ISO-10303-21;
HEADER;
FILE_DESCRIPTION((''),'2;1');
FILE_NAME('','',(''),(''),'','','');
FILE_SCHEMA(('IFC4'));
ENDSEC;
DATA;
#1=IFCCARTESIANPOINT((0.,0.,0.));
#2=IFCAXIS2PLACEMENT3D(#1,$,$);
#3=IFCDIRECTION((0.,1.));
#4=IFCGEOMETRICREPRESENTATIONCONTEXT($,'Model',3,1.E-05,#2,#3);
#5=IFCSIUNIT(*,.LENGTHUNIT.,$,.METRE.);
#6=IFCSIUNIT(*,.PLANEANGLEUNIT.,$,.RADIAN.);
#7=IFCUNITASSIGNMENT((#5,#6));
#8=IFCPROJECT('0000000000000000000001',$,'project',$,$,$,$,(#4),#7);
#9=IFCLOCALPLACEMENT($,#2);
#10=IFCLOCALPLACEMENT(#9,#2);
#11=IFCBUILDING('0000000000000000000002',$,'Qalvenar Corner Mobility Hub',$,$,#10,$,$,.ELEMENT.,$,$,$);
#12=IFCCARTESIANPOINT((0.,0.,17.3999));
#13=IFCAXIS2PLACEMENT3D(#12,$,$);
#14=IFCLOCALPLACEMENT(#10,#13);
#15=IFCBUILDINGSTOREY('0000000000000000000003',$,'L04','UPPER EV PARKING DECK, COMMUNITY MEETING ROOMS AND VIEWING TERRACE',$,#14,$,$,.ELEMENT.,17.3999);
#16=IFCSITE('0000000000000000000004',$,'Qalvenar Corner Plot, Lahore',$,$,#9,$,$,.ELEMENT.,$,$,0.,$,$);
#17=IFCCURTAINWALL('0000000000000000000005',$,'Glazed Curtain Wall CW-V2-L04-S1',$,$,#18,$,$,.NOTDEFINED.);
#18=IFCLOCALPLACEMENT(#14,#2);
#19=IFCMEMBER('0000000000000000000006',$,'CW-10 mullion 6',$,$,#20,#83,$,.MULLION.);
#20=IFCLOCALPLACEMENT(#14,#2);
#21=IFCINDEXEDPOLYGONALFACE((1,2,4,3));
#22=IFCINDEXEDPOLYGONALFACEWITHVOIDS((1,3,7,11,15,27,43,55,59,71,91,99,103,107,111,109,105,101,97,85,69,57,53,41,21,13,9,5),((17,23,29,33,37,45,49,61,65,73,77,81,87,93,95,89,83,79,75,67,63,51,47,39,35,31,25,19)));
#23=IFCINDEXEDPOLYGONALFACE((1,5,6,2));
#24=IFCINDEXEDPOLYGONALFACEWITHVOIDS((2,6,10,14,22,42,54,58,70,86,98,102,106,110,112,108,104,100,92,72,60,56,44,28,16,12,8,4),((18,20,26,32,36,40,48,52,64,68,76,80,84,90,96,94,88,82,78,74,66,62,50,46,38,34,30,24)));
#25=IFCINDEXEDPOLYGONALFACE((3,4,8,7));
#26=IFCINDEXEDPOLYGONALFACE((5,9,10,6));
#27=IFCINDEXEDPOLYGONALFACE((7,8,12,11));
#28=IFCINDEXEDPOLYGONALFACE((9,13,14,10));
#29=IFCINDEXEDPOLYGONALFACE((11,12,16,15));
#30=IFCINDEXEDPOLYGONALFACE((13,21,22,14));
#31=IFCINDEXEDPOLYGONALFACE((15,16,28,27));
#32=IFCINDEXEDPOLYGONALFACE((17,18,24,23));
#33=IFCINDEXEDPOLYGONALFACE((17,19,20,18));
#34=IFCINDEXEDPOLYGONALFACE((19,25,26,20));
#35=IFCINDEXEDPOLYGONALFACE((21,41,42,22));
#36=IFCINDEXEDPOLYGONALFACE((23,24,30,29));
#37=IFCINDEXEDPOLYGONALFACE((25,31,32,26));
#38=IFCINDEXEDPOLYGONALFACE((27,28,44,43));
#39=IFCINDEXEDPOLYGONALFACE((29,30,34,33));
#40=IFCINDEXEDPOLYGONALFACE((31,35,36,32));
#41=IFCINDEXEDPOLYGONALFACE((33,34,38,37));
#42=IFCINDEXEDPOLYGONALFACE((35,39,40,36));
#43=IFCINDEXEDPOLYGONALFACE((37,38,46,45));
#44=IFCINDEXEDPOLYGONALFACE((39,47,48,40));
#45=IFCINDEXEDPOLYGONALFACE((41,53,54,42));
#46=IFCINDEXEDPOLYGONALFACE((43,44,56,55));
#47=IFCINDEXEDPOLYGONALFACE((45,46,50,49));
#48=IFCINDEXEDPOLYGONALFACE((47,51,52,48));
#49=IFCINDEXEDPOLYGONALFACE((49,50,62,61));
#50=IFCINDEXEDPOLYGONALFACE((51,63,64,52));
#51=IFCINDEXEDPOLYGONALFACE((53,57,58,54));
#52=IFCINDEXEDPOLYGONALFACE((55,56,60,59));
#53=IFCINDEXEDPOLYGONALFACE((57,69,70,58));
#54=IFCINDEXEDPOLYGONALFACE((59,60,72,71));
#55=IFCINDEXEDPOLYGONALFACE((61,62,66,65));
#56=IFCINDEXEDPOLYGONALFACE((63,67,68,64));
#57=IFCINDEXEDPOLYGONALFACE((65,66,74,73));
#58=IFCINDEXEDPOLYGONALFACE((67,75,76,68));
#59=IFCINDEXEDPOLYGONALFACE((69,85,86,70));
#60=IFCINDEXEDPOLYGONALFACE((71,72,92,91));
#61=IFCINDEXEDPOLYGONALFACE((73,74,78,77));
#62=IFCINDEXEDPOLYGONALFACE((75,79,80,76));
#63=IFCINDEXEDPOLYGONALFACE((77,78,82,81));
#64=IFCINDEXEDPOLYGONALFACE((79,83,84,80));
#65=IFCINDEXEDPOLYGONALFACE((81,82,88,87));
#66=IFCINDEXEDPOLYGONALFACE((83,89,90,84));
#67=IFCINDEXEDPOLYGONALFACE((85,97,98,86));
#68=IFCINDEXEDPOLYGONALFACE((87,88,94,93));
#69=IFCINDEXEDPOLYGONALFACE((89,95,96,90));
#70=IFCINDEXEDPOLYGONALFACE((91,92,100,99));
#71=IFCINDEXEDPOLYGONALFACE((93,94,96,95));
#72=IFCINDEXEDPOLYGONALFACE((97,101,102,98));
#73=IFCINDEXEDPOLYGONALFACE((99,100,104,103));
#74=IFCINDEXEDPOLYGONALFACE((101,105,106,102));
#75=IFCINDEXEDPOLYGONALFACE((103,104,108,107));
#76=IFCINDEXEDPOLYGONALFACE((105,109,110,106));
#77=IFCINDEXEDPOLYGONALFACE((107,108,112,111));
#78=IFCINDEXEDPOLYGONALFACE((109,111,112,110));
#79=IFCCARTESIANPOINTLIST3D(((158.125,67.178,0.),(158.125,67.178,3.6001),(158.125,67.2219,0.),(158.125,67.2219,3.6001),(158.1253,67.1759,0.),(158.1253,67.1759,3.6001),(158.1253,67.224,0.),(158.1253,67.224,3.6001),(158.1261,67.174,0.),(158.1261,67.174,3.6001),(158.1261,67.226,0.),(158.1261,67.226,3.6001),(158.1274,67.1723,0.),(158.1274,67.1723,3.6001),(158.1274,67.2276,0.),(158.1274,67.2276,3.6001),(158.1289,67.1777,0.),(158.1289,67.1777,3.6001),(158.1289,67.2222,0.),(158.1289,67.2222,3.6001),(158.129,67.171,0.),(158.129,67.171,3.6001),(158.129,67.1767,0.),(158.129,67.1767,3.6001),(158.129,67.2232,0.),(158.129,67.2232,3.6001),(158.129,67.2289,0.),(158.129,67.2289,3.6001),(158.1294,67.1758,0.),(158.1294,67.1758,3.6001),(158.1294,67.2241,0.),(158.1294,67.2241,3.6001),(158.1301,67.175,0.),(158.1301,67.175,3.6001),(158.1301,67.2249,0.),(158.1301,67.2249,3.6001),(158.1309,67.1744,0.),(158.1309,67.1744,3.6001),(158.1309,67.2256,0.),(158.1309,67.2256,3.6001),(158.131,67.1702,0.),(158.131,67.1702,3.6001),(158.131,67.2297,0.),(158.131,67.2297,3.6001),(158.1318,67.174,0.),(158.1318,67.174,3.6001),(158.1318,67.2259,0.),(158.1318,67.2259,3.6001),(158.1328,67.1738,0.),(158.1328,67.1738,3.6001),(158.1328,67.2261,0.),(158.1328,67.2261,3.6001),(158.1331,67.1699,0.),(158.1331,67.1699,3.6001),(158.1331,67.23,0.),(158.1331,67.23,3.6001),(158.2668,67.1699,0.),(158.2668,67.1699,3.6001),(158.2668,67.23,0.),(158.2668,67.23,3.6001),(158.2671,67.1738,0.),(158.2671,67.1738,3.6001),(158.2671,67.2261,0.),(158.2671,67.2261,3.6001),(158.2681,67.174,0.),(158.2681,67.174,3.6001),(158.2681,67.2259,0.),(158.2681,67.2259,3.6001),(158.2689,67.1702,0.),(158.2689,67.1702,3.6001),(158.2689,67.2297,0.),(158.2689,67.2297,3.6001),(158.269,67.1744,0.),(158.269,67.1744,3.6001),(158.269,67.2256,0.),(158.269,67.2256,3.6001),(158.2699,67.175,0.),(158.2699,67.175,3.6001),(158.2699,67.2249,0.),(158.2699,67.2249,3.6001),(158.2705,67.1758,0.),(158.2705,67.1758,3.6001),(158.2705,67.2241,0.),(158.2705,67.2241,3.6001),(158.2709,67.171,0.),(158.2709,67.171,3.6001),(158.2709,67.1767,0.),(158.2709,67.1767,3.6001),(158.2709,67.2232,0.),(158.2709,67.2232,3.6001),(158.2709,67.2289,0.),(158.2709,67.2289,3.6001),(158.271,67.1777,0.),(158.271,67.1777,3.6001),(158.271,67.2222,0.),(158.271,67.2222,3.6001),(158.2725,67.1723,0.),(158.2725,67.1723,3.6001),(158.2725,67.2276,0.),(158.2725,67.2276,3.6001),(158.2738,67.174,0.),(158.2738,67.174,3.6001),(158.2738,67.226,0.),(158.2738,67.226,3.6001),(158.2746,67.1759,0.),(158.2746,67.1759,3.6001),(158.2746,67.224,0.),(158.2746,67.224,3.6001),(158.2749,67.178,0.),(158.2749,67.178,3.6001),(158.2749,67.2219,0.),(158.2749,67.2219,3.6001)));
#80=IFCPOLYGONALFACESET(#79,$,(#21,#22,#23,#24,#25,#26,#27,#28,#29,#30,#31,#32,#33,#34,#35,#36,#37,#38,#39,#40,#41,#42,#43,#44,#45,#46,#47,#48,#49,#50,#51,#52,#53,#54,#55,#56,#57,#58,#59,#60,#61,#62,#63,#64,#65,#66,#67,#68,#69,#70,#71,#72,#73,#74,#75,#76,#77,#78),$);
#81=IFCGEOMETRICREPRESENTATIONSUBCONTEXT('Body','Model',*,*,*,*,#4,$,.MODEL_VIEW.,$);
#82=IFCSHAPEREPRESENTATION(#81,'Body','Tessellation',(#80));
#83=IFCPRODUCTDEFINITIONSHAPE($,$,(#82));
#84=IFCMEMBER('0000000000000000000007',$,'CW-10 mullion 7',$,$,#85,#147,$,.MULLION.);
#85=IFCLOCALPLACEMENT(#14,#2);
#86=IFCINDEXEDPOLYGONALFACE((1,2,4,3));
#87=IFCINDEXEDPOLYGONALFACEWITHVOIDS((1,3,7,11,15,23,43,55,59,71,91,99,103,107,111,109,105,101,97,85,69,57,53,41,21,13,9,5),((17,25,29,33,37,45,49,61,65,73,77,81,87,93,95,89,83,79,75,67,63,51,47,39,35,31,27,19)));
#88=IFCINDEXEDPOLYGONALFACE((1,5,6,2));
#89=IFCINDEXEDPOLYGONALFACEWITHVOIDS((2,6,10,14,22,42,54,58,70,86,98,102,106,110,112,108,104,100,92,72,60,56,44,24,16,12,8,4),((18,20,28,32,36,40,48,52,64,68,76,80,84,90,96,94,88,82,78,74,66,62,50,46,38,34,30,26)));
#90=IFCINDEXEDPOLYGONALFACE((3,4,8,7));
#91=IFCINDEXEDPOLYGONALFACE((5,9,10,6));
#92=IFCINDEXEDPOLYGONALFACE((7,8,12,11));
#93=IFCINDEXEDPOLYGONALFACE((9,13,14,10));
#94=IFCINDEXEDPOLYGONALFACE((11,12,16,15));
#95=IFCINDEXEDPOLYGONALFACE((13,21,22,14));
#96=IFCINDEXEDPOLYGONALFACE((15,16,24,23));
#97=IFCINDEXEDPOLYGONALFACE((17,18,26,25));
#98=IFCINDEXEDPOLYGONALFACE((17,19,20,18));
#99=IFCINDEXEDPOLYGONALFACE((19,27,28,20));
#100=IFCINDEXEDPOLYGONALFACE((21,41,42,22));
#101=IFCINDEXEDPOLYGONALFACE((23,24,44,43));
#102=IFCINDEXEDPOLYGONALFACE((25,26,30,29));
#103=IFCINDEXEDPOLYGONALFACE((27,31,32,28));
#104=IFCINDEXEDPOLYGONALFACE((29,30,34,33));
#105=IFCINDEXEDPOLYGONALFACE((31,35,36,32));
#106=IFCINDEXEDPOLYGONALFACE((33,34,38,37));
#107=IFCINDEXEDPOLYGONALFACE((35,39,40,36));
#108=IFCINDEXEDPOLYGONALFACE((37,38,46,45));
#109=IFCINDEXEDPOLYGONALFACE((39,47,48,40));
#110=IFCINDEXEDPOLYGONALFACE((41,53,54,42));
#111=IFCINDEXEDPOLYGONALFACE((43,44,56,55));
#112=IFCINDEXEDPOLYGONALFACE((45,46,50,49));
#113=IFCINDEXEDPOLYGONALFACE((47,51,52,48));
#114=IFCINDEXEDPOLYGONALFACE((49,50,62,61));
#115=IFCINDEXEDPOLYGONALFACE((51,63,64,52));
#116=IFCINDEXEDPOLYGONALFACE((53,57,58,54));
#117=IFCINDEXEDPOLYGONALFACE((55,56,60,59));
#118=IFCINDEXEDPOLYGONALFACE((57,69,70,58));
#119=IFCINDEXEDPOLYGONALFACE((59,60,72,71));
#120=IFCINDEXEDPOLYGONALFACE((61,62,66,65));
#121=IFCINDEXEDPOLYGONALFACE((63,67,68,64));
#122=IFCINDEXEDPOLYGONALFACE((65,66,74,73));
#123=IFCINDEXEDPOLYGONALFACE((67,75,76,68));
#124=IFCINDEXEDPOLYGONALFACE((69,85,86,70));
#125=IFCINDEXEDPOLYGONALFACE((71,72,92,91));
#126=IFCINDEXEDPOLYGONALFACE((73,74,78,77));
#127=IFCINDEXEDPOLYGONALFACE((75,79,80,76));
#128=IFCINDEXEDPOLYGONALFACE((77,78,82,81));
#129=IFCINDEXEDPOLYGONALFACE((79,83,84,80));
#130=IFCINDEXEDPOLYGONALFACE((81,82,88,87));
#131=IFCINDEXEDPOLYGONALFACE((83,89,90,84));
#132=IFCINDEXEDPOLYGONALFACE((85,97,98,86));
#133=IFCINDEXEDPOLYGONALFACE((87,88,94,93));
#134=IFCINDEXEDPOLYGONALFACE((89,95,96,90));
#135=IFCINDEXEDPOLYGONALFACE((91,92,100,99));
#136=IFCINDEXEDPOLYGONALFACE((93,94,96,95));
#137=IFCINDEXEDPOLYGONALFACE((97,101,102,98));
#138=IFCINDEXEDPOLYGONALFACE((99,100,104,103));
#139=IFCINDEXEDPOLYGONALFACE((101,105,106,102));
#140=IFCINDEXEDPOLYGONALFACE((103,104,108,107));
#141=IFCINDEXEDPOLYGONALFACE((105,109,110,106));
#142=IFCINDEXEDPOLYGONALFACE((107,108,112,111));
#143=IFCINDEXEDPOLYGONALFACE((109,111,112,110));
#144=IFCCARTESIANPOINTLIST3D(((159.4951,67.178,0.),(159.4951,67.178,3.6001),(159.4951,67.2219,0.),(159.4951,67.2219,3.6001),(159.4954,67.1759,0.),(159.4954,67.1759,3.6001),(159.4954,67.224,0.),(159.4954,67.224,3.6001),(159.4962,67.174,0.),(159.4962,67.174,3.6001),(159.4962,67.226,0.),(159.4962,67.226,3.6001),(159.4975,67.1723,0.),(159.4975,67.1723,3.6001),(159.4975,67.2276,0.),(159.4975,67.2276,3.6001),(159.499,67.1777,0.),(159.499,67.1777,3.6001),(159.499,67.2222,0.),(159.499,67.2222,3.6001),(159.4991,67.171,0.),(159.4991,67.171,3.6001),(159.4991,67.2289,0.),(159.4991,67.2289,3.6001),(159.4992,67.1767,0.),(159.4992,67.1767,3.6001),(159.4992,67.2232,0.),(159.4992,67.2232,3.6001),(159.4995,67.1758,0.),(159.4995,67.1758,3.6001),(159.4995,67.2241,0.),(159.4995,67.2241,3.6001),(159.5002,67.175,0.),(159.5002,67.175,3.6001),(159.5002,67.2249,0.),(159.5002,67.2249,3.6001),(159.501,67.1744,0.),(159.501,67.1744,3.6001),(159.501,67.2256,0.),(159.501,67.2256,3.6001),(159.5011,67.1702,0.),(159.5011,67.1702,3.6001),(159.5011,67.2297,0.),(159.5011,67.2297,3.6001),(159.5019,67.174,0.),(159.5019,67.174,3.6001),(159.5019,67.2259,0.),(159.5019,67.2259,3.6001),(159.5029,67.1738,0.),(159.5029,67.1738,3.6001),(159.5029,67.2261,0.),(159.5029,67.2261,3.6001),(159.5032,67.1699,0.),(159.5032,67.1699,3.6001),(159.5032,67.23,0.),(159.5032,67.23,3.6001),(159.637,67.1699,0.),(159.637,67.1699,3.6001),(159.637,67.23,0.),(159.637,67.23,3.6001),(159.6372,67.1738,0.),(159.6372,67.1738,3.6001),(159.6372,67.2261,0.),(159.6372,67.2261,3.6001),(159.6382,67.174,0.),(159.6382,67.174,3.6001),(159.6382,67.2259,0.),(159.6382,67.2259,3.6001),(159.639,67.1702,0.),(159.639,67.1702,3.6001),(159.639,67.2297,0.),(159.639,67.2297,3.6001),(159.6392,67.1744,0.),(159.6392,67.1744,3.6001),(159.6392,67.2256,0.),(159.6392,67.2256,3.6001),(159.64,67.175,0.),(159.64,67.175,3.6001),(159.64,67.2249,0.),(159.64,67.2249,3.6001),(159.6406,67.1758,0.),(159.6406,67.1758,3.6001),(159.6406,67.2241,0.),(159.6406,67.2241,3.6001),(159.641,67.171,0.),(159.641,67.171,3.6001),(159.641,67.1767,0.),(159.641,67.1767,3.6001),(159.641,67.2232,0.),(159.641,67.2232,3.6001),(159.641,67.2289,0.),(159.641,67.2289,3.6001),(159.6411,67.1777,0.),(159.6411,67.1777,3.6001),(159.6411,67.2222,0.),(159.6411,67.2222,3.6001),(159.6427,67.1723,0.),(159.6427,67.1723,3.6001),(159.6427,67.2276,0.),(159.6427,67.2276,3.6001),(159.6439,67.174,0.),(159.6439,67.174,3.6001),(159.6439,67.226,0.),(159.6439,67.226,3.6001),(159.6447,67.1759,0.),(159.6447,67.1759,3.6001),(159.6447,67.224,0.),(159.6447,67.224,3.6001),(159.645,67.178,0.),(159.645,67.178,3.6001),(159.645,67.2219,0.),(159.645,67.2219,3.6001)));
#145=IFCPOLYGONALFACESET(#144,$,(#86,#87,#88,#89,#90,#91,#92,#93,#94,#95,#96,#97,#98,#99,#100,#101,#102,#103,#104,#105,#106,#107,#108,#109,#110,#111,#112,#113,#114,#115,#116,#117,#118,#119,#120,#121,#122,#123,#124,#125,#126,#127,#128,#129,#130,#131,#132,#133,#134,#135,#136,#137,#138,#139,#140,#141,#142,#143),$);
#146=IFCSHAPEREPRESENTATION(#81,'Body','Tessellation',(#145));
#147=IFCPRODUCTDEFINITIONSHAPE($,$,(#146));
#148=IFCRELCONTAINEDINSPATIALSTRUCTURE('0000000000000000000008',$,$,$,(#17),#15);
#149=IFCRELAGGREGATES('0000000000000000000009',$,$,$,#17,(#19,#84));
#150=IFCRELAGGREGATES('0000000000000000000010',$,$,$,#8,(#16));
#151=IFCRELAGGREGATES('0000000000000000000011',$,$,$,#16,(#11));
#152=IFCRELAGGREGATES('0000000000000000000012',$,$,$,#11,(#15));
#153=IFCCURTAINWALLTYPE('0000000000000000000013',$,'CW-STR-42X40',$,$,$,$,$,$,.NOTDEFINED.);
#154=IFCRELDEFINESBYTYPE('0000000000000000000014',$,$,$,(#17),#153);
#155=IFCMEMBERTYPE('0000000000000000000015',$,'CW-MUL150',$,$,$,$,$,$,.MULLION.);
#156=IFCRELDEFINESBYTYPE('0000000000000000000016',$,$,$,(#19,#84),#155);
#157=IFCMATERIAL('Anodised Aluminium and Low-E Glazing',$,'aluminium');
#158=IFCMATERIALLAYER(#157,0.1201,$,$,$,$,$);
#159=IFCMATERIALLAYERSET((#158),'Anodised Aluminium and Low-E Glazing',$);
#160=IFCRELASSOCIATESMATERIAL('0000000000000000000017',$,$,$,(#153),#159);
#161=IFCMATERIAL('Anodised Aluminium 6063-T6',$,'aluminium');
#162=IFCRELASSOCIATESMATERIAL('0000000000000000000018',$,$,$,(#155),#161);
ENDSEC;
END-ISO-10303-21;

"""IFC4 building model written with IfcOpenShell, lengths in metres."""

from ifc_helpers import new_model, si_unit, direction, frame, origin, origin_2d, place, context, subcontext, project, spatial, hollow_rectangle, extrude, material, layer, layer_set, material_profile, profile_set, type_object, element, aggregate, save


model = new_model("IFC4")

# Units and contexts
model_context = context("Model", 3, precision=1e-05, world=origin(), true_north=direction((0.0, 1.0)))
body_context = subcontext(model_context, "Body", "Model", "MODEL_VIEW")
ifc_project = project(units=[si_unit("LENGTHUNIT", "METRE"), si_unit("PLANEANGLEUNIT", "RADIAN")], contexts=[model_context])

# Site, building, storey
site_placement = place(None, origin())
site = spatial("IfcSite", under=ifc_project, at=site_placement, Name="Qalvenar Corner Plot, Lahore", CompositionType="ELEMENT", RefElevation=0.0)
building_placement = place(site_placement, origin())
building = spatial("IfcBuilding", under=site, at=building_placement, Name="Qalvenar Corner Mobility Hub", CompositionType="ELEMENT")
storey_placement = place(building_placement, frame((0.0, 0.0, 17.3999)))
storey = spatial("IfcBuildingStorey", under=building, at=storey_placement, Name="L04", Description="UPPER EV PARKING DECK, COMMUNITY MEETING ROOMS AND VIEWING TERRACE", CompositionType="ELEMENT", Elevation=17.3999)

# Curtain wall, members
ifc_material_1 = material(Name="Anodised Aluminium and Low-E Glazing", Category="aluminium")
ifc_layer_1 = layer(ifc_material_1, 0.1201)
ifc_layer_set_1 = layer_set([ifc_layer_1], Name="Anodised Aluminium and Low-E Glazing")
curtain_wall_type = type_object("IfcCurtainWallType", Name="CW-STR-42X40", PredefinedType="NOTDEFINED", material=ifc_layer_set_1)
curtain_wall_placement = place(storey_placement, origin())
curtain_wall = element("IfcCurtainWall", 1, at=curtain_wall_placement, inside=storey, type_object=curtain_wall_type, Name="Glazed Curtain Wall CW-V2-L04-S1", PredefinedType="NOTDEFINED")
ifc_material_2 = material(Name="Anodised Aluminium 6063-T6", Category="aluminium")
ifc_material_profile_1 = material_profile(ifc_material_2, hollow_rectangle(XDim=0.0601, YDim=0.1499, WallThickness=0.0039, InnerFilletRadius=0.0039, OuterFilletRadius=0.0081, at=origin_2d()), Name="RHS150x60x4")
ifc_profile_set_1 = profile_set([ifc_material_profile_1], Name="Anodised Aluminium 6063-T6")
member_type_1 = type_object("IfcMemberType", Name="CW-MUL150", PredefinedType="MULLION", material=ifc_profile_set_1)
member_1_placement = place(storey_placement, frame((158.2, 67.2, 0.0), z_axis=(0.0, 0.0, 1.0), x_axis=(0.0, 1.0, 0.0)))
member_1 = element("IfcMember", 2, at=member_1_placement, type_object=member_type_1, Name="CW-10 mullion 6", PredefinedType="MULLION", context=body_context, shape_type="SweptSolid", body=[
    extrude(hollow_rectangle(XDim=0.0601, YDim=0.1499, WallThickness=0.0039, InnerFilletRadius=0.0039, OuterFilletRadius=0.0081, at=origin_2d()), origin(), (0.0, 0.0, 1.0), 3.6001),
])
member_2_placement = place(storey_placement, frame((159.5701, 67.2, 0.0), z_axis=(0.0, 0.0, 1.0), x_axis=(0.0, 1.0, 0.0)))
member_2 = element("IfcMember", 3, at=member_2_placement, type_object=member_type_1, Name="CW-10 mullion 7", PredefinedType="MULLION", context=body_context, shape_type="SweptSolid", body=[
    extrude(hollow_rectangle(XDim=0.0601, YDim=0.1499, WallThickness=0.0039, InnerFilletRadius=0.0039, OuterFilletRadius=0.0081, at=origin_2d()), origin(), (0.0, 0.0, 1.0), 3.6001),
])

aggregate(curtain_wall, [member_1, member_2])

save(model, "model.ifc")
